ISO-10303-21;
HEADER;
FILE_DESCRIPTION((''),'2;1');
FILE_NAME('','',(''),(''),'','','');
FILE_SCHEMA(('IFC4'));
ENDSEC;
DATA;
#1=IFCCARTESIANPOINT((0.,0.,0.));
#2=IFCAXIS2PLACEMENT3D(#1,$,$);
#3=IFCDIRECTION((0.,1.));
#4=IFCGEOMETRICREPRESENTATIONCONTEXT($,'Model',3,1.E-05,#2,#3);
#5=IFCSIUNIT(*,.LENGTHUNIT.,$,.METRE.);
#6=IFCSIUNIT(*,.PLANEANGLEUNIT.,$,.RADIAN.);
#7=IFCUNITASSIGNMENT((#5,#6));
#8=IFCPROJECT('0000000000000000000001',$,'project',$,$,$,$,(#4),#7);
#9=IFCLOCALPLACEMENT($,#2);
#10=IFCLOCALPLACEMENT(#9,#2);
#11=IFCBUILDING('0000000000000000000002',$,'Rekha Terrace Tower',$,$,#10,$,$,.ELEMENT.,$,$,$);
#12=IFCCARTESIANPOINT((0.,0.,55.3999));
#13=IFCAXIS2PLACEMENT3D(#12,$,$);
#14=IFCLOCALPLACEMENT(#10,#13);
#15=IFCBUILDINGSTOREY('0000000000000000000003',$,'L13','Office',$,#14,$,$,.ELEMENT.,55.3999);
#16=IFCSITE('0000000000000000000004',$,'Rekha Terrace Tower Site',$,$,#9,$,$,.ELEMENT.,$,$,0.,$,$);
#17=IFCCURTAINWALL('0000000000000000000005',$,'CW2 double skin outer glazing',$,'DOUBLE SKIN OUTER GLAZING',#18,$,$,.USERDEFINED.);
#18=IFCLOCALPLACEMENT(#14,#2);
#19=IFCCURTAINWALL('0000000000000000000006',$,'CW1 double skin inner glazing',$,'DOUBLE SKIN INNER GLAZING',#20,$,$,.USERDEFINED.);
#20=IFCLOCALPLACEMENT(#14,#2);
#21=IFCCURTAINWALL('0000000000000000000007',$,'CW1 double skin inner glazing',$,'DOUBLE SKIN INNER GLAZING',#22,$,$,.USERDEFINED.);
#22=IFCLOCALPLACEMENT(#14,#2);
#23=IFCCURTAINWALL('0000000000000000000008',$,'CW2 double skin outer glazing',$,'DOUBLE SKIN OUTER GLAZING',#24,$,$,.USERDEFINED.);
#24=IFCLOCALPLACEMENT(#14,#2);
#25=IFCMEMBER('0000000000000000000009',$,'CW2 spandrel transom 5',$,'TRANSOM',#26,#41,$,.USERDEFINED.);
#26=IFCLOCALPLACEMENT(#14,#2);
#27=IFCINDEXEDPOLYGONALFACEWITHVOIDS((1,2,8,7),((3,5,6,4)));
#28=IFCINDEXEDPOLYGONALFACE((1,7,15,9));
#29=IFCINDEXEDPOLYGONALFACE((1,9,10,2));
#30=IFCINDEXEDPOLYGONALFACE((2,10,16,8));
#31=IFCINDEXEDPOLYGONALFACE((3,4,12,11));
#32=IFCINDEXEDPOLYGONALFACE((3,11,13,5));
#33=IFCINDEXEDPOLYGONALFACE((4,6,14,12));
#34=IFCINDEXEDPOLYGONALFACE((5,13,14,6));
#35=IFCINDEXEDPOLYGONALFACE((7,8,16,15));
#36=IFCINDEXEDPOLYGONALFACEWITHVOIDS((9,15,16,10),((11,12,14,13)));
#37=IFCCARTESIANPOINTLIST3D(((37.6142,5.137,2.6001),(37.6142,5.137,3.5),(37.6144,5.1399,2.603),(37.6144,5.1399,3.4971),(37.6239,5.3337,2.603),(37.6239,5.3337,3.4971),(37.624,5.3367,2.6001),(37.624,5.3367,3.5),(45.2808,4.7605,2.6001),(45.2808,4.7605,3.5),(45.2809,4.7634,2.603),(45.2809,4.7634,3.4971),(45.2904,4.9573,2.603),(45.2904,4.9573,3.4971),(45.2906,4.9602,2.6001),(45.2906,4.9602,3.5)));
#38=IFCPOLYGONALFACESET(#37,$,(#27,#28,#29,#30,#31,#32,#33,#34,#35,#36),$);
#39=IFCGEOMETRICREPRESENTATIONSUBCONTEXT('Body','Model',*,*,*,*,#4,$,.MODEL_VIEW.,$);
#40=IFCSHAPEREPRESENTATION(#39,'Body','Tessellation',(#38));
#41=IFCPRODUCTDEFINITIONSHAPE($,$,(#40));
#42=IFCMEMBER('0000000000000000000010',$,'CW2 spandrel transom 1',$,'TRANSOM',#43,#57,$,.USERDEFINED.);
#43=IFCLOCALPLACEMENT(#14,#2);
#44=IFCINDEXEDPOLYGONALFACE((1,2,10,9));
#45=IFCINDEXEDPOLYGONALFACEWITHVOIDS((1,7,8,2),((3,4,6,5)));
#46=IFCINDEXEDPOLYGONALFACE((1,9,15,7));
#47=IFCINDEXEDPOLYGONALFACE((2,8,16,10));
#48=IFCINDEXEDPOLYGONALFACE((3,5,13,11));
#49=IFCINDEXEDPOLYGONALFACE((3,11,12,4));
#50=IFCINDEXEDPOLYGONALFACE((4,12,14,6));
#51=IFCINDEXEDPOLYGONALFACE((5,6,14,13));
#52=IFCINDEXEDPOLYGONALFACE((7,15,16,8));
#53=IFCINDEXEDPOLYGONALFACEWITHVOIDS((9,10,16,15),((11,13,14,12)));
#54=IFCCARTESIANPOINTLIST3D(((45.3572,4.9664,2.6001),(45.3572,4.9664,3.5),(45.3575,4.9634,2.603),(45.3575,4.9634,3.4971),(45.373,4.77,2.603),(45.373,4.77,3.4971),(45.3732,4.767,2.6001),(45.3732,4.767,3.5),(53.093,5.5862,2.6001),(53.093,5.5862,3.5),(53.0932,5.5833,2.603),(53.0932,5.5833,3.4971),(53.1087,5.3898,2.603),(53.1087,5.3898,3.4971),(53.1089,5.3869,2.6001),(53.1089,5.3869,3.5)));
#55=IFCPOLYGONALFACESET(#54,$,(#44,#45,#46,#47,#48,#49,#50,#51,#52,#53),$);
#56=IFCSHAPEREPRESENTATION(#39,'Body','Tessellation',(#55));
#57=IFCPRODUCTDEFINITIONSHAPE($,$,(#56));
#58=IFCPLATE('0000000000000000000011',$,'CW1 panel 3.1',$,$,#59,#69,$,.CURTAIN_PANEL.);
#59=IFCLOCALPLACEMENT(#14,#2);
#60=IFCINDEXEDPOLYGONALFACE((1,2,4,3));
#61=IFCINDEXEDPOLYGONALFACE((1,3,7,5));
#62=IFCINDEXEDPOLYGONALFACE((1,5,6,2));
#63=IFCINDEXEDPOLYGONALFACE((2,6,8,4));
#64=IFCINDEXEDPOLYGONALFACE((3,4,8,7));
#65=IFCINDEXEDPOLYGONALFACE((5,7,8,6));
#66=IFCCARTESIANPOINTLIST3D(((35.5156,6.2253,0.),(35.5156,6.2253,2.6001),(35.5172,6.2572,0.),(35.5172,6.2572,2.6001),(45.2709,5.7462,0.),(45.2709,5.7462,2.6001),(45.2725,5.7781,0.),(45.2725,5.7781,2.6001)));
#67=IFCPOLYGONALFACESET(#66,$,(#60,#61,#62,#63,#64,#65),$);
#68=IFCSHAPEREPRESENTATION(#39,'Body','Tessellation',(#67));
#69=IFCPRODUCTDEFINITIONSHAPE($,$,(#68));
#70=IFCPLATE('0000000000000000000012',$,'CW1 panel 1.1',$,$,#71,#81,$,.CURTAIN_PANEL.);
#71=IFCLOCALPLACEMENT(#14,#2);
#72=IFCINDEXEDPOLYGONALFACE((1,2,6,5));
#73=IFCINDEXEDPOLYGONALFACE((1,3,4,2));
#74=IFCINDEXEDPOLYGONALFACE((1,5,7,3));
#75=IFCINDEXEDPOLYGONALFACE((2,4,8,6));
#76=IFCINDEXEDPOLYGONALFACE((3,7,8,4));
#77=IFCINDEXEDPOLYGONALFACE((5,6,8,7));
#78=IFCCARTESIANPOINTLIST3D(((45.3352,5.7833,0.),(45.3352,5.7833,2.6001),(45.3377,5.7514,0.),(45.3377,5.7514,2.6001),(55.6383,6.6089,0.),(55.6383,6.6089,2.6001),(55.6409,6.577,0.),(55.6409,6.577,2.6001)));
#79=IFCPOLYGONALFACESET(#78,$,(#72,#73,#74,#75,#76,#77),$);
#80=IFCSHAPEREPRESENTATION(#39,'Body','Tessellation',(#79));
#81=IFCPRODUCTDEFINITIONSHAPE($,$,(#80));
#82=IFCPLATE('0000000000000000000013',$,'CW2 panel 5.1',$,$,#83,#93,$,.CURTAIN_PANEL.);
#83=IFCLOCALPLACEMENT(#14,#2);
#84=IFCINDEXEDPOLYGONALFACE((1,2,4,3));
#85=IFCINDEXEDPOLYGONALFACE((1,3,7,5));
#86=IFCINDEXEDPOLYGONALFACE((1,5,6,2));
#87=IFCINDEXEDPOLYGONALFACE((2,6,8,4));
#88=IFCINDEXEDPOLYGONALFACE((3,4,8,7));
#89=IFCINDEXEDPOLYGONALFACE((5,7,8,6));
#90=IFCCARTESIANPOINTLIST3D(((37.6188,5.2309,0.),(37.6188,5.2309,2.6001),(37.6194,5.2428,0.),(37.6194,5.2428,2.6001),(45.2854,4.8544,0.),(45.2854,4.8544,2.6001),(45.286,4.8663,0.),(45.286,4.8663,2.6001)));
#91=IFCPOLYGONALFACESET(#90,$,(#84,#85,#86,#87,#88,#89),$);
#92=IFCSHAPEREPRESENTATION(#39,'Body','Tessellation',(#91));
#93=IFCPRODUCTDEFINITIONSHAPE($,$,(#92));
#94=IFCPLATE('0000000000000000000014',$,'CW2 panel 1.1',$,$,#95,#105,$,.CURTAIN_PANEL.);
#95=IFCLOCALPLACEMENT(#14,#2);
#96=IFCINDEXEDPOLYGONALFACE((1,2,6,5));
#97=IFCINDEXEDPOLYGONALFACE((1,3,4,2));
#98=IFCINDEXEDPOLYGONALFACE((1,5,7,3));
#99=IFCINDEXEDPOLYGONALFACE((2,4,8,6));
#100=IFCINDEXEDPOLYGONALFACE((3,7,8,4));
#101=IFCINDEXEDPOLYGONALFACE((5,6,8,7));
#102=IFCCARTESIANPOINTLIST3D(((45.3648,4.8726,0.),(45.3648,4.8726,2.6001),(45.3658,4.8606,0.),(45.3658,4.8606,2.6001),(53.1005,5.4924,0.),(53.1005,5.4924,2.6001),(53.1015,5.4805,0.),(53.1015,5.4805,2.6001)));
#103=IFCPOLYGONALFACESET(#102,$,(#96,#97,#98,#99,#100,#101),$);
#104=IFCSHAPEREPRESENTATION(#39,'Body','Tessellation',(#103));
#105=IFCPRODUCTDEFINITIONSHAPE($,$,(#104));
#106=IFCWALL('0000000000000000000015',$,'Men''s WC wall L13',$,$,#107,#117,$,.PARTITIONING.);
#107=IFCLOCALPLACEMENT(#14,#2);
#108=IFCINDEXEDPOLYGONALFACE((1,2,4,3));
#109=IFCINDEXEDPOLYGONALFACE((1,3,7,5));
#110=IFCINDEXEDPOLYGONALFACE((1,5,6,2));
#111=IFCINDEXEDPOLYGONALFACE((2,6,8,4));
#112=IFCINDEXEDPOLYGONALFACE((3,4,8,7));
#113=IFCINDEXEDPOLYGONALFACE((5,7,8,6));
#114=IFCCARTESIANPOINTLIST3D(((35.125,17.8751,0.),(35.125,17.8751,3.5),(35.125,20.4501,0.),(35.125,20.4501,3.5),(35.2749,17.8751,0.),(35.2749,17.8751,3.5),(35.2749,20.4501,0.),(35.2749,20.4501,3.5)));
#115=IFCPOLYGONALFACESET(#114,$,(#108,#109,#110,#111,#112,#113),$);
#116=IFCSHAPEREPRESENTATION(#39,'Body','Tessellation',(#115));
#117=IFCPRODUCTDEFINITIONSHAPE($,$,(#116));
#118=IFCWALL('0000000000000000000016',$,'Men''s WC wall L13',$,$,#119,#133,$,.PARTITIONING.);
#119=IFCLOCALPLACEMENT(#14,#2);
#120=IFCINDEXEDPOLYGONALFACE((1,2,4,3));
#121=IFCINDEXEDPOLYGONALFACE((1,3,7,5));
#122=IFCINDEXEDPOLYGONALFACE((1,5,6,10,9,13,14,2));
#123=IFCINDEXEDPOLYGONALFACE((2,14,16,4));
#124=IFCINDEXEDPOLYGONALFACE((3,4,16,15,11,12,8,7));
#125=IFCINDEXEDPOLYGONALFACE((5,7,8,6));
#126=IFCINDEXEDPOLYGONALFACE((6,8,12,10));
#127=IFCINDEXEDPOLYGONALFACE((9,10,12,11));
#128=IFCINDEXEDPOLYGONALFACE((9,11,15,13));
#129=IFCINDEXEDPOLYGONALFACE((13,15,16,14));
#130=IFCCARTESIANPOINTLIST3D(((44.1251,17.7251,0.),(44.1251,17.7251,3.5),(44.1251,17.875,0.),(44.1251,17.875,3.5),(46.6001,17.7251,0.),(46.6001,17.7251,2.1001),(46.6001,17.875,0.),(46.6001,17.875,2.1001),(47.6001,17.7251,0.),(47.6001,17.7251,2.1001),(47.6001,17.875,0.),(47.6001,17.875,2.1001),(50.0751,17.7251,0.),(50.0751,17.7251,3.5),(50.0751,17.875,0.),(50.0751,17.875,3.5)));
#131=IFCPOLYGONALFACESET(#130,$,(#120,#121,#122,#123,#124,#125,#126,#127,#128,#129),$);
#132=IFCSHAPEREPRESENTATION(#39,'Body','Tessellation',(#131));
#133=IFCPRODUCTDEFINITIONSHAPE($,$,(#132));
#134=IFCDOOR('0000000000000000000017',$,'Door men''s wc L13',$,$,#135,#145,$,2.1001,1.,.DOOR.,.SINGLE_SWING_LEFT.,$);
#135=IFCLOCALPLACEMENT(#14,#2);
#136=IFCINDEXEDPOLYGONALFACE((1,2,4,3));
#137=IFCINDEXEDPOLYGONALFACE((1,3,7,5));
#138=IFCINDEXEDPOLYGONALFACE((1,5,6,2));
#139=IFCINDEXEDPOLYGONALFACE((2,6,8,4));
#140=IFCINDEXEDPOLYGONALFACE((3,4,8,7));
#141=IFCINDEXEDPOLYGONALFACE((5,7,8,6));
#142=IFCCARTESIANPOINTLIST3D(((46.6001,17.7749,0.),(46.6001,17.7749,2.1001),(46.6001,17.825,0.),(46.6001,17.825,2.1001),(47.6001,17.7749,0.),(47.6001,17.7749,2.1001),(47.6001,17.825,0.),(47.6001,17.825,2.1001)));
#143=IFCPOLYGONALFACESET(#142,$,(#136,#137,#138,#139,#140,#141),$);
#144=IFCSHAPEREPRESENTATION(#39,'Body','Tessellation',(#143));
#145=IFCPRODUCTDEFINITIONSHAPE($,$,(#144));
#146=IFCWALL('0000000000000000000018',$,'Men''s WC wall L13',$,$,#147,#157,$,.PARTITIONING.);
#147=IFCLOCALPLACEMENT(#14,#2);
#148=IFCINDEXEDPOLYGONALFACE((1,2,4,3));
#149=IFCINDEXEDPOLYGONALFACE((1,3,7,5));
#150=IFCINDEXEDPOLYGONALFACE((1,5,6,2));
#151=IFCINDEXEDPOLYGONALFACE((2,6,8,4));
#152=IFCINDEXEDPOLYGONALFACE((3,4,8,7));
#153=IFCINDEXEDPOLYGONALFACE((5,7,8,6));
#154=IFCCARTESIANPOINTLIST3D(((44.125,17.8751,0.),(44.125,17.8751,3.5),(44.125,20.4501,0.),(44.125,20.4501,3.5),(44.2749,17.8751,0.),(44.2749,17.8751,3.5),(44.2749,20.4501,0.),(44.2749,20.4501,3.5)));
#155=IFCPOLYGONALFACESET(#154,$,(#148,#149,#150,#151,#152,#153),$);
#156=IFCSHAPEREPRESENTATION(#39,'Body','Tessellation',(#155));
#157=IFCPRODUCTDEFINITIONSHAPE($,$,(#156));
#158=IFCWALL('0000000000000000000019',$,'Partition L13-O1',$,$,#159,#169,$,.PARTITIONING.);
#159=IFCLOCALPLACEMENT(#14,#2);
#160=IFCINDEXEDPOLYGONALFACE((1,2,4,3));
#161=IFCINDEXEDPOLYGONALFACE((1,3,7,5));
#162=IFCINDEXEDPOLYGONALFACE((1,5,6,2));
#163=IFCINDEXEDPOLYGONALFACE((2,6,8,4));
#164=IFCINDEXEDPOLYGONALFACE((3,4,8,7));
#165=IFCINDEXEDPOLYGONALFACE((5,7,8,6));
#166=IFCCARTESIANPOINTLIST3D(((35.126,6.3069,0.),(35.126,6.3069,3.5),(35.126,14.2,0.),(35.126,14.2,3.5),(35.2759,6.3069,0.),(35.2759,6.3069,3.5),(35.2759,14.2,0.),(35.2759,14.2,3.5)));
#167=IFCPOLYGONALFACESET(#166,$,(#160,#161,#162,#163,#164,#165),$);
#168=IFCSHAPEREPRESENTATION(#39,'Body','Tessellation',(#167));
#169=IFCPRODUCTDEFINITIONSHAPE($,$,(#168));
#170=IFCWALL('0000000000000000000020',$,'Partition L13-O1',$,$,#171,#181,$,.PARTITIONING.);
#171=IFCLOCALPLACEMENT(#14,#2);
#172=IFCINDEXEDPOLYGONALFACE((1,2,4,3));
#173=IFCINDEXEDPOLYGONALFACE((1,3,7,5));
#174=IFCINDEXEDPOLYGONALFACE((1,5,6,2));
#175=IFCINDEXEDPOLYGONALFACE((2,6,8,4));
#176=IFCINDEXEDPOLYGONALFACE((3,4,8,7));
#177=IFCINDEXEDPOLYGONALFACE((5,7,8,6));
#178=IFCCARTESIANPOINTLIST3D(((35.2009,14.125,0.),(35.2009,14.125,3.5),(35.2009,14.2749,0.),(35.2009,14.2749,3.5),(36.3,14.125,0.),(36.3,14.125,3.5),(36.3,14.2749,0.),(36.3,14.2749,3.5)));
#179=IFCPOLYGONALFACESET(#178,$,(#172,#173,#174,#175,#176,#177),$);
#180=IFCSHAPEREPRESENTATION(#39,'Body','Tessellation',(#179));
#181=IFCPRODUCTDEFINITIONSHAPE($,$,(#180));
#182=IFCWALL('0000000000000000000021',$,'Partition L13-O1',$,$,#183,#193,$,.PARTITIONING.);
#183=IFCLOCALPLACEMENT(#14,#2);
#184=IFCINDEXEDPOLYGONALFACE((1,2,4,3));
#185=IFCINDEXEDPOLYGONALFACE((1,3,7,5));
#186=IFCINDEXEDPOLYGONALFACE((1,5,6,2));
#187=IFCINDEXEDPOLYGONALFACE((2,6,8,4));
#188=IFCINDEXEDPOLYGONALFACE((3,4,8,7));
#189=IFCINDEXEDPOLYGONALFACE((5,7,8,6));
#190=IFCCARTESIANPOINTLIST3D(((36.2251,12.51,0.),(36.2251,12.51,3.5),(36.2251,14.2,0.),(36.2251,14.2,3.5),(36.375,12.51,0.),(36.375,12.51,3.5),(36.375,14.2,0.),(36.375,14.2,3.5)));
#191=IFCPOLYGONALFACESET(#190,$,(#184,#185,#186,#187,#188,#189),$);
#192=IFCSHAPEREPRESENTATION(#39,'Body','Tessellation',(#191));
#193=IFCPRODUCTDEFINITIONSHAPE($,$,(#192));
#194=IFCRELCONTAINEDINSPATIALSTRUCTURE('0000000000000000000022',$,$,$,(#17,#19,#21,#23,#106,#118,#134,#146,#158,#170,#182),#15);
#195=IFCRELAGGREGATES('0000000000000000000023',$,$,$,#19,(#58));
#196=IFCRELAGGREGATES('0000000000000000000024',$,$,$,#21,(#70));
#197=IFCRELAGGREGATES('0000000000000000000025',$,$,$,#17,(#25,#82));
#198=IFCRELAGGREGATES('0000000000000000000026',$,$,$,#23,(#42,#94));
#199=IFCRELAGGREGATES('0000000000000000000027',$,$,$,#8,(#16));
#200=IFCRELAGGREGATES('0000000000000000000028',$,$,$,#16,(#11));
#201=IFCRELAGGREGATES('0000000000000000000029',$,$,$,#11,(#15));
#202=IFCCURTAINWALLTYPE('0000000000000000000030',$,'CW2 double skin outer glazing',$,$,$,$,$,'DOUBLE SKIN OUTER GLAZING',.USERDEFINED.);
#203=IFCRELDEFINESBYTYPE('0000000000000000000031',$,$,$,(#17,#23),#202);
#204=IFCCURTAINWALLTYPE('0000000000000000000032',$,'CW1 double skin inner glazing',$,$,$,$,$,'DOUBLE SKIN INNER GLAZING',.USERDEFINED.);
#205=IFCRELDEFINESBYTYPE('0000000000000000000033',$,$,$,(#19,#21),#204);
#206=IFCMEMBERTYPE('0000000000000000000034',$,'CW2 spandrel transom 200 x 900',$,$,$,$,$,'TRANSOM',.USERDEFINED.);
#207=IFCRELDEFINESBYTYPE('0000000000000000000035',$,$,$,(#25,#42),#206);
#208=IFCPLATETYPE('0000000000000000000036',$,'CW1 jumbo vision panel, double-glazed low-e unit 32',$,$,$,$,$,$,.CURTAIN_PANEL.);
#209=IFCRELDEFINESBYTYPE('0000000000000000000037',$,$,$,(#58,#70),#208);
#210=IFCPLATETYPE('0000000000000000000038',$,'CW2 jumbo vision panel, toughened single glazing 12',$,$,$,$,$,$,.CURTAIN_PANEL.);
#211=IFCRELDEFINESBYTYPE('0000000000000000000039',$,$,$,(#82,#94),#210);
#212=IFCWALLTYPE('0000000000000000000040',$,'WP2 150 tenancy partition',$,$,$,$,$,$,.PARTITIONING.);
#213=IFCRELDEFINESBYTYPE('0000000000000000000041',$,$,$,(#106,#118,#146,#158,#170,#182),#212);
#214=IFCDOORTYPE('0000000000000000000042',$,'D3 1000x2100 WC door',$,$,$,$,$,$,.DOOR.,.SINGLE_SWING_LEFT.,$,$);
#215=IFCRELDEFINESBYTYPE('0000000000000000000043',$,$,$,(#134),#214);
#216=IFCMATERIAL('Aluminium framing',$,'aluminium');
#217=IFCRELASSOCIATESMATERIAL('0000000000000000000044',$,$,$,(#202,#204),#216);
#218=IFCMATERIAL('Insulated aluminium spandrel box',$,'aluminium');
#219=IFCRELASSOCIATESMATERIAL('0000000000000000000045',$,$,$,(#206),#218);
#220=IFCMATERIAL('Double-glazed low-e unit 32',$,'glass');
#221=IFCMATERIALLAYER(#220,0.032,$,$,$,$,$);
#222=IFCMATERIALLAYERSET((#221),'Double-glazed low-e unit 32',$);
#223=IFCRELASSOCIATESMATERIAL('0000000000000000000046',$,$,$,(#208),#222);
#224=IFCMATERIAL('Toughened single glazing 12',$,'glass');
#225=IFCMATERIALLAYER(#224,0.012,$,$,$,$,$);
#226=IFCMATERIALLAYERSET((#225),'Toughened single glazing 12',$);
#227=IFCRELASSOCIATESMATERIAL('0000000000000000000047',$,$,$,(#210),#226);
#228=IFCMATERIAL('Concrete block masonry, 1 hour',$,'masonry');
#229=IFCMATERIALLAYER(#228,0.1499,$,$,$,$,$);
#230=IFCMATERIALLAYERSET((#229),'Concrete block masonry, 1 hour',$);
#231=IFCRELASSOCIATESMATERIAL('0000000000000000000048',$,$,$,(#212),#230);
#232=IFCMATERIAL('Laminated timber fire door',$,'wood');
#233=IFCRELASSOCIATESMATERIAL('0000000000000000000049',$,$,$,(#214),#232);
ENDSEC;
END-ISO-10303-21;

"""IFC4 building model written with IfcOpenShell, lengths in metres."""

from ifc_helpers import new_model, si_unit, direction, frame, frame_2d, origin, origin_2d, place, context, subcontext, project, spatial, rectangle, hollow_rectangle, extrude, material, layer, layer_set, material_profile, profile_set, type_object, element, fill, aggregate, save


model = new_model("IFC4")

# Units and contexts
model_context = context("Model", 3, precision=1e-05, world=origin(), true_north=direction((0.0, 1.0)))
body_context = subcontext(model_context, "Body", "Model", "MODEL_VIEW")
ifc_project = project(units=[si_unit("LENGTHUNIT", "METRE"), si_unit("PLANEANGLEUNIT", "RADIAN")], contexts=[model_context])

# Site, building, storey
site_placement = place(None, origin())
site = spatial("IfcSite", under=ifc_project, at=site_placement, Name="Rekha Terrace Tower Site", CompositionType="ELEMENT", RefElevation=0.0)
building_placement = place(site_placement, origin())
building = spatial("IfcBuilding", under=site, at=building_placement, Name="Rekha Terrace Tower", CompositionType="ELEMENT")
storey_placement = place(building_placement, frame((0.0, 0.0, 55.3999)))
storey = spatial("IfcBuildingStorey", under=building, at=storey_placement, Name="L13", Description="Office", CompositionType="ELEMENT", Elevation=55.3999)

# Curtain walls
ifc_material_1 = material(Name="Aluminium framing", Category="aluminium")
curtain_wall_type_1 = type_object("IfcCurtainWallType", Name="CW2 double skin outer glazing", ElementType="DOUBLE SKIN OUTER GLAZING", PredefinedType="USERDEFINED", material=ifc_material_1)
curtain_wall_1_placement = place(storey_placement, origin())
curtain_wall_1 = element("IfcCurtainWall", 1, at=curtain_wall_1_placement, inside=storey, type_object=curtain_wall_type_1, Name="CW2 double skin outer glazing", ObjectType="DOUBLE SKIN OUTER GLAZING", PredefinedType="USERDEFINED")
curtain_wall_type_2 = type_object("IfcCurtainWallType", Name="CW1 double skin inner glazing", ElementType="DOUBLE SKIN INNER GLAZING", PredefinedType="USERDEFINED", material=ifc_material_1)
curtain_wall_2_placement = place(storey_placement, origin())
curtain_wall_2 = element("IfcCurtainWall", 2, at=curtain_wall_2_placement, inside=storey, type_object=curtain_wall_type_2, Name="CW1 double skin inner glazing", ObjectType="DOUBLE SKIN INNER GLAZING", PredefinedType="USERDEFINED")
curtain_wall_3_placement = place(storey_placement, origin())
curtain_wall_3 = element("IfcCurtainWall", 3, at=curtain_wall_3_placement, inside=storey, type_object=curtain_wall_type_2, Name="CW1 double skin inner glazing", ObjectType="DOUBLE SKIN INNER GLAZING", PredefinedType="USERDEFINED")

# Shared definitions
ifc_material_2 = material(Name="Insulated aluminium spandrel box", Category="aluminium")

# Curtain wall
curtain_wall_4_placement = place(storey_placement, origin())
curtain_wall_4 = element("IfcCurtainWall", 4, at=curtain_wall_4_placement, inside=storey, type_object=curtain_wall_type_1, Name="CW2 double skin outer glazing", ObjectType="DOUBLE SKIN OUTER GLAZING", PredefinedType="USERDEFINED")

# Members
ifc_material_profile_1 = material_profile(ifc_material_2, hollow_rectangle(XDim=0.2, YDim=0.8999, WallThickness=0.0029, at=origin_2d()), Name="AL SPANDREL BOX 200x900")
ifc_profile_set_1 = profile_set([ifc_material_profile_1], Name="Insulated aluminium spandrel box")
member_type_1 = type_object("IfcMemberType", Name="CW2 spandrel transom 200 x 900", ElementType="TRANSOM", PredefinedType="USERDEFINED", material=ifc_profile_set_1)
member_1_placement = place(storey_placement, frame((37.6191, 5.2368, 3.05), z_axis=(0.998797, -0.049046, 0.0), x_axis=(0.049046, 0.998797, 0.0)))
member_1 = element("IfcMember", 5, at=member_1_placement, type_object=member_type_1, Name="CW2 spandrel transom 5", ObjectType="TRANSOM", PredefinedType="USERDEFINED", context=body_context, shape_type="SweptSolid", body=[
    extrude(hollow_rectangle(XDim=0.2, YDim=0.8999, WallThickness=0.0029, at=origin_2d()), origin(), (0.0, 0.0, 1.0), 7.6758),
])
member_2_placement = place(storey_placement, frame((45.3652, 4.8667, 3.05), z_axis=(0.996805, 0.079877, 0.0), x_axis=(-0.079877, 0.996805, 0.0)))
member_2 = element("IfcMember", 6, at=member_2_placement, type_object=member_type_1, Name="CW2 spandrel transom 1", ObjectType="TRANSOM", PredefinedType="USERDEFINED", context=body_context, shape_type="SweptSolid", body=[
    extrude(hollow_rectangle(XDim=0.2, YDim=0.8999, WallThickness=0.0029, at=origin_2d()), origin(), (0.0, 0.0, 1.0), 7.7605),
])

# Plates
ifc_material_3 = material(Name="Double-glazed low-e unit 32", Category="glass")
ifc_layer_1 = layer(ifc_material_3, 0.032)
ifc_layer_set_1 = layer_set([ifc_layer_1], Name="Double-glazed low-e unit 32")
plate_type_1 = type_object("IfcPlateType", Name="CW1 jumbo vision panel, double-glazed low-e unit 32", PredefinedType="CURTAIN_PANEL", material=ifc_layer_set_1)
plate_1_placement = place(storey_placement, frame((40.394, 6.0017, 0.0), z_axis=(0.0, 0.0, 1.0), x_axis=(0.998796, -0.049052, 0.0)))
plate_1 = element("IfcPlate", 7, at=plate_1_placement, type_object=plate_type_1, Name="CW1 panel 3.1", PredefinedType="CURTAIN_PANEL", context=body_context, shape_type="SweptSolid", body=[
    extrude(rectangle(XDim=9.7671, YDim=0.032, at=origin_2d()), origin(), (0.0, 0.0, 1.0), 2.6001),
])
aggregate(curtain_wall_2, [plate_1])
plate_2_placement = place(storey_placement, frame((50.488, 6.1802, 0.0), z_axis=(0.0, 0.0, 1.0), x_axis=(0.996805, 0.079872, 0.0)))
plate_2 = element("IfcPlate", 8, at=plate_2_placement, type_object=plate_type_1, Name="CW1 panel 1.1", PredefinedType="CURTAIN_PANEL", context=body_context, shape_type="SweptSolid", body=[
    extrude(rectangle(XDim=10.3362, YDim=0.032, at=origin_2d()), origin(), (0.0, 0.0, 1.0), 2.6001),
])
aggregate(curtain_wall_3, [plate_2])
ifc_material_4 = material(Name="Toughened single glazing 12", Category="glass")
ifc_layer_2 = layer(ifc_material_4, 0.012)
ifc_layer_set_2 = layer_set([ifc_layer_2], Name="Toughened single glazing 12")
plate_type_2 = type_object("IfcPlateType", Name="CW2 jumbo vision panel, toughened single glazing 12", PredefinedType="CURTAIN_PANEL", material=ifc_layer_set_2)
plate_3_placement = place(storey_placement, frame((41.4524, 5.0486, 0.0), z_axis=(0.0, 0.0, 1.0), x_axis=(0.998796, -0.049052, 0.0)))
plate_3 = element("IfcPlate", 9, at=plate_3_placement, type_object=plate_type_2, Name="CW2 panel 5.1", PredefinedType="CURTAIN_PANEL", context=body_context, shape_type="SweptSolid", body=[
    extrude(rectangle(XDim=7.6758, YDim=0.012, at=origin_2d()), origin(), (0.0, 0.0, 1.0), 2.6001),
])
aggregate(curtain_wall_1, [member_1, plate_3])
plate_4_placement = place(storey_placement, frame((49.2332, 5.1765, 0.0), z_axis=(0.0, 0.0, 1.0), x_axis=(0.996805, 0.079872, 0.0)))
plate_4 = element("IfcPlate", 10, at=plate_4_placement, type_object=plate_type_2, Name="CW2 panel 1.1", PredefinedType="CURTAIN_PANEL", context=body_context, shape_type="SweptSolid", body=[
    extrude(rectangle(XDim=7.7605, YDim=0.012, at=origin_2d()), origin(), (0.0, 0.0, 1.0), 2.6001),
])
aggregate(curtain_wall_4, [member_2, plate_4])

# Wall
ifc_material_5 = material(Name="Concrete block masonry, 1 hour", Category="masonry")
ifc_layer_3 = layer(ifc_material_5, 0.1499)
ifc_layer_set_3 = layer_set([ifc_layer_3], Name="Concrete block masonry, 1 hour")
wall_type_1 = type_object("IfcWallType", Name="WP2 150 tenancy partition", PredefinedType="PARTITIONING", material=ifc_layer_set_3)
wall_1_placement = place(storey_placement, frame((35.2, 17.875, 0.0), z_axis=(0.0, 0.0, 1.0), x_axis=(0.0, 1.0, 0.0)))
element("IfcWall", 11, at=wall_1_placement, inside=storey, type_object=wall_type_1, Name="Men's WC wall L13", PredefinedType="PARTITIONING", context=body_context, shape_type="SweptSolid", body=[
    extrude(rectangle(XDim=2.575, YDim=0.1499, at=frame_2d((1.2876, 0.0))), origin(), (0.0, 0.0, 1.0), 3.5),
])

# Wall, opening, door
wall_2_placement = place(storey_placement, frame((44.125, 17.8, 0.0), z_axis=(0.0, 0.0, 1.0), x_axis=(1.0, 0.0, 0.0)))
wall_2 = element("IfcWall", 12, at=wall_2_placement, inside=storey, type_object=wall_type_1, Name="Men's WC wall L13", PredefinedType="PARTITIONING", context=body_context, shape_type="SweptSolid", body=[
    extrude(rectangle(XDim=5.95, YDim=0.1499, at=frame_2d((2.9751, 0.0))), origin(), (0.0, 0.0, 1.0), 3.5),
])
opening_1_placement = place(wall_2_placement, frame((2.4751, 0.0, 0.0)))
opening_1 = element("IfcOpeningElement", 13, at=opening_1_placement, cuts=wall_2, PredefinedType="OPENING", context=body_context, shape_type="SweptSolid", body=[
    extrude(rectangle(XDim=1.0, YDim=2.1001, at=frame_2d((0.5, 1.05))), frame((0.0, 0.085, 0.0), z_axis=(0.0, -1.0, 0.0), x_axis=(1.0, 0.0, 0.0)), (0.0, 0.0, 1.0), 0.1699),
])
ifc_material_6 = material(Name="Laminated timber fire door", Category="wood")
door_type_1 = type_object("IfcDoorType", Name="D3 1000x2100 WC door", OperationType="SINGLE_SWING_LEFT", PredefinedType="DOOR", material=ifc_material_6)
door_1_placement = place(opening_1_placement, origin())
door_1 = element("IfcDoor", 14, at=door_1_placement, inside=storey, type_object=door_type_1, Name="Door men's wc L13", OperationType="SINGLE_SWING_LEFT", OverallHeight=2.1001, OverallWidth=1.0, PredefinedType="DOOR", context=body_context, shape_type="SweptSolid", body=[
    extrude(rectangle(XDim=1.0, YDim=2.1001, at=frame_2d((0.5, 1.05))), frame((0.0, 0.0249, 0.0), z_axis=(0.0, -1.0, 0.0), x_axis=(1.0, 0.0, 0.0)), (0.0, 0.0, 1.0), 0.05),
])
fill(opening_1, door_1)

# Walls
wall_3_placement = place(storey_placement, frame((44.2, 17.875, 0.0), z_axis=(0.0, 0.0, 1.0), x_axis=(0.0, 1.0, 0.0)))
element("IfcWall", 15, at=wall_3_placement, inside=storey, type_object=wall_type_1, Name="Men's WC wall L13", PredefinedType="PARTITIONING", context=body_context, shape_type="SweptSolid", body=[
    extrude(rectangle(XDim=2.575, YDim=0.1499, at=frame_2d((1.2876, 0.0))), origin(), (0.0, 0.0, 1.0), 3.5),
])
wall_4_placement = place(storey_placement, frame((35.2009, 6.3069, 0.0), z_axis=(0.0, 0.0, 1.0), x_axis=(0.0, 1.0, 0.0)))
element("IfcWall", 16, at=wall_4_placement, inside=storey, type_object=wall_type_1, Name="Partition L13-O1", PredefinedType="PARTITIONING", context=body_context, shape_type="SweptSolid", body=[
    extrude(rectangle(XDim=7.8931, YDim=0.1499, at=frame_2d((3.9465, 0.0))), origin(), (0.0, 0.0, 1.0), 3.5),
])
wall_5_placement = place(storey_placement, frame((35.2009, 14.2, 0.0), z_axis=(0.0, 0.0, 1.0), x_axis=(1.0, 0.0, 0.0)))
element("IfcWall", 17, at=wall_5_placement, inside=storey, type_object=wall_type_1, Name="Partition L13-O1", PredefinedType="PARTITIONING", context=body_context, shape_type="SweptSolid", body=[
    extrude(rectangle(XDim=1.0991, YDim=0.1499, at=frame_2d((0.5496, 0.0))), origin(), (0.0, 0.0, 1.0), 3.5),
])
wall_6_placement = place(storey_placement, frame((36.3, 14.2, 0.0), z_axis=(0.0, 0.0, 1.0), x_axis=(0.0, -1.0, 0.0)))
element("IfcWall", 18, at=wall_6_placement, inside=storey, type_object=wall_type_1, Name="Partition L13-O1", PredefinedType="PARTITIONING", context=body_context, shape_type="SweptSolid", body=[
    extrude(rectangle(XDim=1.6899, YDim=0.1499, at=frame_2d((0.845, 0.0))), origin(), (0.0, 0.0, 1.0), 3.5),
])

save(model, "model.ifc")
